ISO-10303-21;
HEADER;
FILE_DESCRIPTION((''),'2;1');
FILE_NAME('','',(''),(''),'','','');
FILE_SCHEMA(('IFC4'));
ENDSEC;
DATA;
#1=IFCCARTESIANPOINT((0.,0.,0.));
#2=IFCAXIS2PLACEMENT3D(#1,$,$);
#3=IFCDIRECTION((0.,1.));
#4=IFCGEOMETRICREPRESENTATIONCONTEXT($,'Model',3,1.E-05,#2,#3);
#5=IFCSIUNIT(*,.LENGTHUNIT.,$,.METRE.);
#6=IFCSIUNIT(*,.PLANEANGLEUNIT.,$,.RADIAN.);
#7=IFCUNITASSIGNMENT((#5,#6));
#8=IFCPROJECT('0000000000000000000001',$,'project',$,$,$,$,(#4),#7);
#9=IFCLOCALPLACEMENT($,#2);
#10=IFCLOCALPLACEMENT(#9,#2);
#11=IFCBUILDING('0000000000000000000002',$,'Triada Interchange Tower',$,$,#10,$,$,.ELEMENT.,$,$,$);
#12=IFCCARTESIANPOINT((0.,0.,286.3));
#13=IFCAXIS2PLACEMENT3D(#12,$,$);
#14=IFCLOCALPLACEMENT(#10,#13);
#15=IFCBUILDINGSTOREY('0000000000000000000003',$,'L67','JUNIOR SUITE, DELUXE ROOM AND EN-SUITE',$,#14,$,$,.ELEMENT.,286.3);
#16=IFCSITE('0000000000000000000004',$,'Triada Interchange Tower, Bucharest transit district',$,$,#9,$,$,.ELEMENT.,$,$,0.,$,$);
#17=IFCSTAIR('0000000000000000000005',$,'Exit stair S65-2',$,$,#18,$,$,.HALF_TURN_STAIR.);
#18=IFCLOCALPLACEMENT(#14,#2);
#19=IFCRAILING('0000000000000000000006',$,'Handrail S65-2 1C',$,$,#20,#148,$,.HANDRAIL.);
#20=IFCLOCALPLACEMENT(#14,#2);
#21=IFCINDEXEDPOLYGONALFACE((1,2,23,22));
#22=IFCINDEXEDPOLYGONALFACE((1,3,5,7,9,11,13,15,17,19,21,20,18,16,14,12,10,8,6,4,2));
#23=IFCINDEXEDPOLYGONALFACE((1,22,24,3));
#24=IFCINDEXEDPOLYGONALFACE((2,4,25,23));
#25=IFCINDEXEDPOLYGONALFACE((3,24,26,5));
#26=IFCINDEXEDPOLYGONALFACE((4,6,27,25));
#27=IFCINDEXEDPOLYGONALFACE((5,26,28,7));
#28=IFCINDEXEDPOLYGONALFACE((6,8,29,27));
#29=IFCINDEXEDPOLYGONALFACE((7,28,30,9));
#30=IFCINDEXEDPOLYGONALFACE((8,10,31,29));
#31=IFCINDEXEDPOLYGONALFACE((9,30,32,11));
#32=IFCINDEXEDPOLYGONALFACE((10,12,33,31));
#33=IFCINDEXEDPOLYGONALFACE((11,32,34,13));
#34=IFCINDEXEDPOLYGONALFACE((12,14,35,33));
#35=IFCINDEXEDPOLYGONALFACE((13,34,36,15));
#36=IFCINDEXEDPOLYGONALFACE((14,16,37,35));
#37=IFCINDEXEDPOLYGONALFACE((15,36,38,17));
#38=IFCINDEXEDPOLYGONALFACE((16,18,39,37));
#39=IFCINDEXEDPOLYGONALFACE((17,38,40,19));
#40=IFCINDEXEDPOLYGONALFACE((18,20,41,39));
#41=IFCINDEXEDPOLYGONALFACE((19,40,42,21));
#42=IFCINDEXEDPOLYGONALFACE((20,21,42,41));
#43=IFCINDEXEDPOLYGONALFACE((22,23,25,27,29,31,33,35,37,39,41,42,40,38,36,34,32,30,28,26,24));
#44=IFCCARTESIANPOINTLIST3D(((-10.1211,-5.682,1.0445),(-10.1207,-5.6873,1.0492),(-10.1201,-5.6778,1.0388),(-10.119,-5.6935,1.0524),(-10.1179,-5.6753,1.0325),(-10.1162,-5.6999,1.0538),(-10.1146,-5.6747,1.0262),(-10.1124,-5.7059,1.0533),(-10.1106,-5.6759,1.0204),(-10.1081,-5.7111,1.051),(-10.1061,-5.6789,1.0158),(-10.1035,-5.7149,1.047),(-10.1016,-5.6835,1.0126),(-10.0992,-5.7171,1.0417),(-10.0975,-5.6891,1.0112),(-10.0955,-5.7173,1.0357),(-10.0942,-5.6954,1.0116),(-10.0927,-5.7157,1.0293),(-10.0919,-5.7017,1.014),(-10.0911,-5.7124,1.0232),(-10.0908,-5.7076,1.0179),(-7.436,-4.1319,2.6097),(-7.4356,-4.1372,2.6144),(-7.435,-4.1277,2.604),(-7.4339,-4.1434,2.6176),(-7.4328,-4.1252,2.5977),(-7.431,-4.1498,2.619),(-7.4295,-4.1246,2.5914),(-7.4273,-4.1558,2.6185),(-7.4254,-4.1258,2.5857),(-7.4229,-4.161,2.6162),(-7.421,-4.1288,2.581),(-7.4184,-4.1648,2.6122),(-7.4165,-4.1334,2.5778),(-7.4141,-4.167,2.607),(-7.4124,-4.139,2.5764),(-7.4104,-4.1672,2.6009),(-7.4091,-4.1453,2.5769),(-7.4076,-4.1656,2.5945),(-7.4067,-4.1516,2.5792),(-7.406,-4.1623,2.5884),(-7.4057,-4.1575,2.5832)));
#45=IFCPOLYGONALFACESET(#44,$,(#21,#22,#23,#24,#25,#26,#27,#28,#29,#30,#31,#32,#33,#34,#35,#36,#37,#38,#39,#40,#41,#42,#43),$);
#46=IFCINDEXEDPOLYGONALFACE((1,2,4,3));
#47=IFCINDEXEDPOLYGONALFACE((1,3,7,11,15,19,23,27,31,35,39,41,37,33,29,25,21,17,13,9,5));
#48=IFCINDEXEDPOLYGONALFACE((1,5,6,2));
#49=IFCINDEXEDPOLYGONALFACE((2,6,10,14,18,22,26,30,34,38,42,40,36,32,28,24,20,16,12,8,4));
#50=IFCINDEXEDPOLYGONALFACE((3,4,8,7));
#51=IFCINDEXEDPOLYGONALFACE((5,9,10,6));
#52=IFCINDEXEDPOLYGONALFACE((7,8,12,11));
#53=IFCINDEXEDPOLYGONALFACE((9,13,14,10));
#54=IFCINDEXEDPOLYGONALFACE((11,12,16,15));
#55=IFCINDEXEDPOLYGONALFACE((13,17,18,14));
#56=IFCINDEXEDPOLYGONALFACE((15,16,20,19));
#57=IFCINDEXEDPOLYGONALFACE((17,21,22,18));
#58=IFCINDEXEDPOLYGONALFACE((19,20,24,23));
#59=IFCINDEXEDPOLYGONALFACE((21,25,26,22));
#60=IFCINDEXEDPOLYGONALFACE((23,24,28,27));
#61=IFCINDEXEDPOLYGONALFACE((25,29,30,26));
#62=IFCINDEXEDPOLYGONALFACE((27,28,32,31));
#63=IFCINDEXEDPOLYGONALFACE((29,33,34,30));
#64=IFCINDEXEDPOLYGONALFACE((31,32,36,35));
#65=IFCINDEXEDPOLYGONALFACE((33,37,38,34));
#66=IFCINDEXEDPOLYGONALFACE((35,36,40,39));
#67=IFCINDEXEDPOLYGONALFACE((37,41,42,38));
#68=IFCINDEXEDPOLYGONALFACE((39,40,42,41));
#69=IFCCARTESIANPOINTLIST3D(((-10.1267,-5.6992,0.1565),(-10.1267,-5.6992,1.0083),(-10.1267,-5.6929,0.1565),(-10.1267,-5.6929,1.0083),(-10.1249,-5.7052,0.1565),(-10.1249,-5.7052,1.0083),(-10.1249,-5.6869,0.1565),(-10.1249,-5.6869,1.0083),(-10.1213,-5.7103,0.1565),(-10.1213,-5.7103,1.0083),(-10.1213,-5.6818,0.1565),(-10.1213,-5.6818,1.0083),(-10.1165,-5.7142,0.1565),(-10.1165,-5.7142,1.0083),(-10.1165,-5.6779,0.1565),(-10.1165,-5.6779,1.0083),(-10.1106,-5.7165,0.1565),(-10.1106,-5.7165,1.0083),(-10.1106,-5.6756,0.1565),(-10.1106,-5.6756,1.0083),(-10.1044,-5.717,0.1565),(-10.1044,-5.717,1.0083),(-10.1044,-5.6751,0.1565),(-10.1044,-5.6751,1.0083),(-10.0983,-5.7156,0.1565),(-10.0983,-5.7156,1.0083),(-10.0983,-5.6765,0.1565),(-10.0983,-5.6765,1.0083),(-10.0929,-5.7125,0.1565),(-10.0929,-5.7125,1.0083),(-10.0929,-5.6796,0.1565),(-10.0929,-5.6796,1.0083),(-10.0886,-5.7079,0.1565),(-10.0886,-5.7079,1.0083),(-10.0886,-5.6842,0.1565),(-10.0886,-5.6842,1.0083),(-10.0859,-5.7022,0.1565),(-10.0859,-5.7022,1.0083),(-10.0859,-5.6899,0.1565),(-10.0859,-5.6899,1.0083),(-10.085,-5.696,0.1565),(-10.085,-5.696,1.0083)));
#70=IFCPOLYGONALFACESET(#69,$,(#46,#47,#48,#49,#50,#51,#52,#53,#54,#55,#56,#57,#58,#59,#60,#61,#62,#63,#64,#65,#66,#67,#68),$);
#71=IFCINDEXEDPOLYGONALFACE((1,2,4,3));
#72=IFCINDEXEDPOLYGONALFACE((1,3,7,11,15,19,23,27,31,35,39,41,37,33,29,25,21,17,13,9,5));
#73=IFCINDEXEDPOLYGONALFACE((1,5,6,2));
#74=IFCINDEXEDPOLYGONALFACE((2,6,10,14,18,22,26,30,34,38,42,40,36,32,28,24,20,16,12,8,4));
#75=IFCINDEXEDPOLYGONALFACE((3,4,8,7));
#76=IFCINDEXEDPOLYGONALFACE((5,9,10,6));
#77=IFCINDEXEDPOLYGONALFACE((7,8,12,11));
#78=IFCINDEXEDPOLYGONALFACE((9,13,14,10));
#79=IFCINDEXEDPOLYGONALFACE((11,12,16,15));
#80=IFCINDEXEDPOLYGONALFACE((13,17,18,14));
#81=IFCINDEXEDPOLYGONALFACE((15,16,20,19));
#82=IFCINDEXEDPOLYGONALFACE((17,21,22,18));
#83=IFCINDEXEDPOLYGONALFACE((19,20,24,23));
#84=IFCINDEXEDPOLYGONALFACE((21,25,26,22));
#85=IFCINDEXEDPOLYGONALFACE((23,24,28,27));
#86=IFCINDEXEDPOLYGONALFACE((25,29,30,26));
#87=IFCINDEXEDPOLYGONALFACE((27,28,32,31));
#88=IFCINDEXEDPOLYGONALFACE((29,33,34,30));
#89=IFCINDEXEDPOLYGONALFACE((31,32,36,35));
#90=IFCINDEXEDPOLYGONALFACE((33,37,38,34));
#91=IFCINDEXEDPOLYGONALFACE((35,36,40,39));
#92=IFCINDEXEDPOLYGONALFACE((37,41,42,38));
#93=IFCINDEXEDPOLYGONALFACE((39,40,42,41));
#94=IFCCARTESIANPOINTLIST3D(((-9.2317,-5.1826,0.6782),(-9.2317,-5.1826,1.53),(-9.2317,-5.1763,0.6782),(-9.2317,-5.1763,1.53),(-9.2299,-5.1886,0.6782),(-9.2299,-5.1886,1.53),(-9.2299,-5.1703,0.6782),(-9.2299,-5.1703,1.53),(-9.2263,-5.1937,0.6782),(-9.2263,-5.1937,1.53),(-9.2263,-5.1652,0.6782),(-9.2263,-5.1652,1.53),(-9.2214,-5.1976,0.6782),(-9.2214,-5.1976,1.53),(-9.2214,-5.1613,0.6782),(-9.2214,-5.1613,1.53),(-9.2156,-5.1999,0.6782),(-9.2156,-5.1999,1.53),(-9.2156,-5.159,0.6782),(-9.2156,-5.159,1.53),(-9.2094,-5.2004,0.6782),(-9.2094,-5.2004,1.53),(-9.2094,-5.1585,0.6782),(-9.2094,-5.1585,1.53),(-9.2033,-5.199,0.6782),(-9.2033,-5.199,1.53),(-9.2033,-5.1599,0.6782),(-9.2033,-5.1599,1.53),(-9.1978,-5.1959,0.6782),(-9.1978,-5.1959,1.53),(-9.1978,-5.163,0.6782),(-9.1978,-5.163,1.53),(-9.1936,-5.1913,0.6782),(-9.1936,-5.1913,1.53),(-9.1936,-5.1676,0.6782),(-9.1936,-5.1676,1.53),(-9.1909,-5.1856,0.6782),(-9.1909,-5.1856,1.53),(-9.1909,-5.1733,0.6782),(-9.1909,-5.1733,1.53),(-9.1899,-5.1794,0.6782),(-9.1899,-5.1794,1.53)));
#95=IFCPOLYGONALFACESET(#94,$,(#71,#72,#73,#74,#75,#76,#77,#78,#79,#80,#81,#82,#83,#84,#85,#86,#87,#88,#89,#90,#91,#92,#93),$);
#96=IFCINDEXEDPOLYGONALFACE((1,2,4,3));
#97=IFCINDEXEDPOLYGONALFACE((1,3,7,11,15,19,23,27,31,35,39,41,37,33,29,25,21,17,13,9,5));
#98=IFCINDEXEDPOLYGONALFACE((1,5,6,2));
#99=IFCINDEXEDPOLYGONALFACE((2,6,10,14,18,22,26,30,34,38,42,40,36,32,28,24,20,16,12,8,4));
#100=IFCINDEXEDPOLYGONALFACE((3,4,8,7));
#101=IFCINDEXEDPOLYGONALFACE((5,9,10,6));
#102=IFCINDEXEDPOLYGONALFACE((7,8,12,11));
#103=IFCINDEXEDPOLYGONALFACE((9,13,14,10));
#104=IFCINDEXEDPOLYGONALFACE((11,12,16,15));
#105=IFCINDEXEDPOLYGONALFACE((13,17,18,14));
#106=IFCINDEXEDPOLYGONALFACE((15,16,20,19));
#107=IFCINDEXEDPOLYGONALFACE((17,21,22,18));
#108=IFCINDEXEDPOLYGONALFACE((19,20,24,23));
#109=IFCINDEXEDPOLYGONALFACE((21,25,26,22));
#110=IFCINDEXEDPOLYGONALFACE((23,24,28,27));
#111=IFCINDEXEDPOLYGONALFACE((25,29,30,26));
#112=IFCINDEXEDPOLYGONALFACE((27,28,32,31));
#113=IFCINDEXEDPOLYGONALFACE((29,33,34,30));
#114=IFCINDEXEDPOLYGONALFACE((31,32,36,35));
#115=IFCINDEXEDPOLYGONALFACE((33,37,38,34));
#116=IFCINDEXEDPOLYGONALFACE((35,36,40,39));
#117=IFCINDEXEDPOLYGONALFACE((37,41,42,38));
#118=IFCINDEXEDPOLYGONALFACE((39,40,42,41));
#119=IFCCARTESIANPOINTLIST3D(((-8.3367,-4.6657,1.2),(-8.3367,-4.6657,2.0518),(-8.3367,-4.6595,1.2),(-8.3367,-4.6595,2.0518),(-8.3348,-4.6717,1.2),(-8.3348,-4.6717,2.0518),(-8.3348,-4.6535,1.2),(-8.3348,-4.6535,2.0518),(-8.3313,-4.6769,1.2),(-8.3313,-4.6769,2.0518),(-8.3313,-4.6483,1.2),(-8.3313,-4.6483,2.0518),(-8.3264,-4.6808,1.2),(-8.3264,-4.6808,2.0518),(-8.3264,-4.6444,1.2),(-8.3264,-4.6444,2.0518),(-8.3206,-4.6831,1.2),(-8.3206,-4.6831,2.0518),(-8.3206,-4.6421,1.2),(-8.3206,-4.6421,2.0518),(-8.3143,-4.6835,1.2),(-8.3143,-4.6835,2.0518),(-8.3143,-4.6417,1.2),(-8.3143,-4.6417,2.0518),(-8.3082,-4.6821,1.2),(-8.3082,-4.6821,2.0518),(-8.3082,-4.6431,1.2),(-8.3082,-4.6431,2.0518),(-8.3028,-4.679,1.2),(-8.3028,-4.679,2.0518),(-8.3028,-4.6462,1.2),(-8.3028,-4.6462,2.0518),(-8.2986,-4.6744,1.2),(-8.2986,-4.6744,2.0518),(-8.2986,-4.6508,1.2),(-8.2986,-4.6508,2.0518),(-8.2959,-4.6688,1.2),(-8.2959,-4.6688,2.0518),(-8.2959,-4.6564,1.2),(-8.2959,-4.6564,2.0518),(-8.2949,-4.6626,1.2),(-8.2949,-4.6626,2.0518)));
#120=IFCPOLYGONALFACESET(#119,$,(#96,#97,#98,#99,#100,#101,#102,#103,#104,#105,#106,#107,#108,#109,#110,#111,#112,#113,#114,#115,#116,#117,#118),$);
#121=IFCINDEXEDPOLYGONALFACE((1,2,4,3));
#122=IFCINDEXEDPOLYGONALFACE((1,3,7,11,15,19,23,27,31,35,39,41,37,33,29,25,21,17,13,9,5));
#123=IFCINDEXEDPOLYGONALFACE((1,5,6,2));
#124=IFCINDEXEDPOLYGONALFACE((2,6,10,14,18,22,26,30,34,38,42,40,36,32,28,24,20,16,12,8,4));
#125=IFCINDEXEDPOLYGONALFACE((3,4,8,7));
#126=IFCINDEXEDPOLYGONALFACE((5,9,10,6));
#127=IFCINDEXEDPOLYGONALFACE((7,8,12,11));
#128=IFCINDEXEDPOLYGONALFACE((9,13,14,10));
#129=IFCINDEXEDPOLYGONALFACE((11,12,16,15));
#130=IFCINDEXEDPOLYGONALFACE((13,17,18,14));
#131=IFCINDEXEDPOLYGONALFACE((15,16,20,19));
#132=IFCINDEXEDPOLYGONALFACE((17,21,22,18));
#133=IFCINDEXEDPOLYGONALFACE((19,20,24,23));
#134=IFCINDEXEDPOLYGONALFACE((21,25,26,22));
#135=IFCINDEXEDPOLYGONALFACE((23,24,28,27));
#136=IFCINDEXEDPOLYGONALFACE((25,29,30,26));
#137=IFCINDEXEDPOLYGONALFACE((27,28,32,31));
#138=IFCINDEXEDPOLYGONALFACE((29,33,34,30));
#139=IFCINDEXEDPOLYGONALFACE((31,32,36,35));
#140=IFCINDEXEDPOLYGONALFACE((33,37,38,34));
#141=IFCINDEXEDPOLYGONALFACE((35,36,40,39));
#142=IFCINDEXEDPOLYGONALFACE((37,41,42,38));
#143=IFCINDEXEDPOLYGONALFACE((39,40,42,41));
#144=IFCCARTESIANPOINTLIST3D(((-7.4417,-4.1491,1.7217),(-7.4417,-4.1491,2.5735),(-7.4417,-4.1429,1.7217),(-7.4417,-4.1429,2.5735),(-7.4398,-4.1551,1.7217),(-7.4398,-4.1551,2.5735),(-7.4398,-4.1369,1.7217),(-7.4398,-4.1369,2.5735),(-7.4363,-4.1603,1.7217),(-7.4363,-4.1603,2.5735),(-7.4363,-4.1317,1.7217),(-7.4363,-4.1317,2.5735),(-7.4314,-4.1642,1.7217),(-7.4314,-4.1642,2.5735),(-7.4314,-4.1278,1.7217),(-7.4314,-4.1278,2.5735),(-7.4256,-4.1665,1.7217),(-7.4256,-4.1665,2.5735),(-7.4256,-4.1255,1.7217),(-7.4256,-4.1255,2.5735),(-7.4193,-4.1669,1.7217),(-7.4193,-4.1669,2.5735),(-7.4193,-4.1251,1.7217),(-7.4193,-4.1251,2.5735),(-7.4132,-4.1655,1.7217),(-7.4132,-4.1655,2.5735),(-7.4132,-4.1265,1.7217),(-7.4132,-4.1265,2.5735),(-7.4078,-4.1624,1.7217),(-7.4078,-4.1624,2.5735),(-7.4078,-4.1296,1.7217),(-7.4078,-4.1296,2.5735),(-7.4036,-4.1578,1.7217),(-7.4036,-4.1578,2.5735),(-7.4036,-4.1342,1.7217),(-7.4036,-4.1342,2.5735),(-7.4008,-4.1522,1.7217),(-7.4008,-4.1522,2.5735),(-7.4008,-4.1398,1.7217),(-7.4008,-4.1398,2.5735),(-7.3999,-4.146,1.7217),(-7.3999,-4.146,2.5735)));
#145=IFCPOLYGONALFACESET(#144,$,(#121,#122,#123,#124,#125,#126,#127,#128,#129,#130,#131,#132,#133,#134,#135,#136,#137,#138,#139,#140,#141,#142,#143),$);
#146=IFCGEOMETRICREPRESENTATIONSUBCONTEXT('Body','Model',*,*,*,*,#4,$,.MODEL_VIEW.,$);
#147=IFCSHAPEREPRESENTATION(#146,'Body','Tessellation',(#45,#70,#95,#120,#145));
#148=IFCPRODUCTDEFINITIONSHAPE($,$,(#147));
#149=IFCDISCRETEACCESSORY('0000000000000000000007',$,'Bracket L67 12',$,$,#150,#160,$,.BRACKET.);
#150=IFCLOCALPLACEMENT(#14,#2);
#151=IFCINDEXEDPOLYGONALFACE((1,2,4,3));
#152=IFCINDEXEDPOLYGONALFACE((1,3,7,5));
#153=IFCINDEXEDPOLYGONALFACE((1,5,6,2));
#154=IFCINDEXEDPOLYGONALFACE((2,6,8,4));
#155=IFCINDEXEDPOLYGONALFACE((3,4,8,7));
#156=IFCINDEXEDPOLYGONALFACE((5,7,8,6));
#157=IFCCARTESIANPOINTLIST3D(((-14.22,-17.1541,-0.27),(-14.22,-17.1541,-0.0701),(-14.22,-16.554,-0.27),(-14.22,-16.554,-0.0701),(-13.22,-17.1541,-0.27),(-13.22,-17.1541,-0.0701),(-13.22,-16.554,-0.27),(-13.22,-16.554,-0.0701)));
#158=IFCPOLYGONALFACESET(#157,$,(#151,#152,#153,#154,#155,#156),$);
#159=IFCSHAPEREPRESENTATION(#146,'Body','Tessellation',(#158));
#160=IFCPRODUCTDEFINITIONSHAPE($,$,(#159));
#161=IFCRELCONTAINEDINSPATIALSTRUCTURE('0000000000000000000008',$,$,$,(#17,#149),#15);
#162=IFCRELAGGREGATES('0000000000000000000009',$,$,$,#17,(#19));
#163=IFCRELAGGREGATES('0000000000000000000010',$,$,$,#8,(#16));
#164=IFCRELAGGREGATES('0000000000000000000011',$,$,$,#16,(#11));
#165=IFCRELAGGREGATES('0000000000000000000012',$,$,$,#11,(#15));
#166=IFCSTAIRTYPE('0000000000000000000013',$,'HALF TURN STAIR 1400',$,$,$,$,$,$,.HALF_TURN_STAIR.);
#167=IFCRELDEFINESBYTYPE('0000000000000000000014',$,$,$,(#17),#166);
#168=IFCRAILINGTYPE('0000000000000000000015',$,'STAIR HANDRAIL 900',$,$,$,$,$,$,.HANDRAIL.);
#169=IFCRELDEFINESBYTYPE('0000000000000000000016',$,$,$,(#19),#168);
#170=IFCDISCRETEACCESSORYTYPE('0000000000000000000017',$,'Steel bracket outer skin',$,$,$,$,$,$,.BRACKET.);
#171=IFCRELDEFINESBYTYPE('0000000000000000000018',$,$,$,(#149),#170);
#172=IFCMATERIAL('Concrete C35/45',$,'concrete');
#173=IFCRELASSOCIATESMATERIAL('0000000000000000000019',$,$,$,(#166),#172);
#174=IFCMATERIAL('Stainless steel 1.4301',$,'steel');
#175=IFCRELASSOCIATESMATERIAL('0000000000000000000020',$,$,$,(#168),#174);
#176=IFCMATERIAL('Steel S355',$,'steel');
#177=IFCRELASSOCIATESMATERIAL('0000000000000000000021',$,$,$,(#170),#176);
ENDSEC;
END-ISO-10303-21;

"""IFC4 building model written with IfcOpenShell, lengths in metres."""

from ifc_helpers import new_model, si_unit, direction, frame, origin, origin_2d, place, context, subcontext, project, spatial, rectangle, circle, extrude, material, type_object, element, aggregate, save


model = new_model("IFC4")

# Units and contexts
model_context = context("Model", 3, precision=1e-05, world=origin(), true_north=direction((0.0, 1.0)))
body_context = subcontext(model_context, "Body", "Model", "MODEL_VIEW")
ifc_project = project(units=[si_unit("LENGTHUNIT", "METRE"), si_unit("PLANEANGLEUNIT", "RADIAN")], contexts=[model_context])

# Site, building, storey
site_placement = place(None, origin())
site = spatial("IfcSite", under=ifc_project, at=site_placement, Name="Triada Interchange Tower, Bucharest transit district", CompositionType="ELEMENT", RefElevation=0.0)
building_placement = place(site_placement, origin())
building = spatial("IfcBuilding", under=site, at=building_placement, Name="Triada Interchange Tower", CompositionType="ELEMENT")
storey_placement = place(building_placement, frame((0.0, 0.0, 286.3)))
storey = spatial("IfcBuildingStorey", under=building, at=storey_placement, Name="L67", Description="JUNIOR SUITE, DELUXE ROOM AND EN-SUITE", CompositionType="ELEMENT", Elevation=286.3)

# Stair
ifc_material_1 = material(Name="Concrete C35/45", Category="concrete")
stair_type = type_object("IfcStairType", Name="HALF TURN STAIR 1400", PredefinedType="HALF_TURN_STAIR", material=ifc_material_1)
stair_placement = place(storey_placement, origin())
stair = element("IfcStair", 1, at=stair_placement, inside=storey, type_object=stair_type, Name="Exit stair S65-2", PredefinedType="HALF_TURN_STAIR")

# Railing
ifc_material_2 = material(Name="Stainless steel 1.4301", Category="steel")
railing_type = type_object("IfcRailingType", Name="STAIR HANDRAIL 900", PredefinedType="HANDRAIL", material=ifc_material_2)
railing_1_placement = place(storey_placement, frame((-10.106, -5.696, 0.1565)))
railing_1 = element("IfcRailing", 2, at=railing_1_placement, type_object=railing_type, Name="Handrail S65-2 1C", PredefinedType="HANDRAIL", context=body_context, shape_type="SweptSolid", body=[
    extrude(circle(Radius=0.0239, at=origin_2d()), frame((0.0, 0.0, 0.876), z_axis=(0.773115, 0.446309, 0.450667), x_axis=(-0.499959, 0.866049, 0.0)), (0.0, 0.0, 1.0), 3.4731),
    extrude(circle(Radius=0.021, at=origin_2d()), origin(), (0.0, 0.0, 1.0), 0.8518),
    extrude(circle(Radius=0.021, at=origin_2d()), frame((0.895, 0.5166, 0.5217)), (0.0, 0.0, 1.0), 0.8518),
    extrude(circle(Radius=0.021, at=origin_2d()), frame((1.79, 1.0334, 1.0435)), (0.0, 0.0, 1.0), 0.8518),
    extrude(circle(Radius=0.021, at=origin_2d()), frame((2.6851, 1.55, 1.5652)), (0.0, 0.0, 1.0), 0.8518),
])
aggregate(stair, [railing_1])

# Discrete accessory
ifc_material_3 = material(Name="Steel S355", Category="steel")
discrete_accessory_type = type_object("IfcDiscreteAccessoryType", Name="Steel bracket outer skin", PredefinedType="BRACKET", material=ifc_material_3)
discrete_accessory_placement = place(storey_placement, frame((-13.72, -16.854, -0.27), z_axis=(0.0, 0.0, 1.0), x_axis=(0.0, -1.0, 0.0)))
element("IfcDiscreteAccessory", 3, at=discrete_accessory_placement, inside=storey, type_object=discrete_accessory_type, Name="Bracket L67 12", PredefinedType="BRACKET", context=body_context, shape_type="SweptSolid", body=[
    extrude(rectangle(XDim=0.6001, YDim=1.0, at=origin_2d()), origin(), (0.0, 0.0, 1.0), 0.2),
])

save(model, "model.ifc")
